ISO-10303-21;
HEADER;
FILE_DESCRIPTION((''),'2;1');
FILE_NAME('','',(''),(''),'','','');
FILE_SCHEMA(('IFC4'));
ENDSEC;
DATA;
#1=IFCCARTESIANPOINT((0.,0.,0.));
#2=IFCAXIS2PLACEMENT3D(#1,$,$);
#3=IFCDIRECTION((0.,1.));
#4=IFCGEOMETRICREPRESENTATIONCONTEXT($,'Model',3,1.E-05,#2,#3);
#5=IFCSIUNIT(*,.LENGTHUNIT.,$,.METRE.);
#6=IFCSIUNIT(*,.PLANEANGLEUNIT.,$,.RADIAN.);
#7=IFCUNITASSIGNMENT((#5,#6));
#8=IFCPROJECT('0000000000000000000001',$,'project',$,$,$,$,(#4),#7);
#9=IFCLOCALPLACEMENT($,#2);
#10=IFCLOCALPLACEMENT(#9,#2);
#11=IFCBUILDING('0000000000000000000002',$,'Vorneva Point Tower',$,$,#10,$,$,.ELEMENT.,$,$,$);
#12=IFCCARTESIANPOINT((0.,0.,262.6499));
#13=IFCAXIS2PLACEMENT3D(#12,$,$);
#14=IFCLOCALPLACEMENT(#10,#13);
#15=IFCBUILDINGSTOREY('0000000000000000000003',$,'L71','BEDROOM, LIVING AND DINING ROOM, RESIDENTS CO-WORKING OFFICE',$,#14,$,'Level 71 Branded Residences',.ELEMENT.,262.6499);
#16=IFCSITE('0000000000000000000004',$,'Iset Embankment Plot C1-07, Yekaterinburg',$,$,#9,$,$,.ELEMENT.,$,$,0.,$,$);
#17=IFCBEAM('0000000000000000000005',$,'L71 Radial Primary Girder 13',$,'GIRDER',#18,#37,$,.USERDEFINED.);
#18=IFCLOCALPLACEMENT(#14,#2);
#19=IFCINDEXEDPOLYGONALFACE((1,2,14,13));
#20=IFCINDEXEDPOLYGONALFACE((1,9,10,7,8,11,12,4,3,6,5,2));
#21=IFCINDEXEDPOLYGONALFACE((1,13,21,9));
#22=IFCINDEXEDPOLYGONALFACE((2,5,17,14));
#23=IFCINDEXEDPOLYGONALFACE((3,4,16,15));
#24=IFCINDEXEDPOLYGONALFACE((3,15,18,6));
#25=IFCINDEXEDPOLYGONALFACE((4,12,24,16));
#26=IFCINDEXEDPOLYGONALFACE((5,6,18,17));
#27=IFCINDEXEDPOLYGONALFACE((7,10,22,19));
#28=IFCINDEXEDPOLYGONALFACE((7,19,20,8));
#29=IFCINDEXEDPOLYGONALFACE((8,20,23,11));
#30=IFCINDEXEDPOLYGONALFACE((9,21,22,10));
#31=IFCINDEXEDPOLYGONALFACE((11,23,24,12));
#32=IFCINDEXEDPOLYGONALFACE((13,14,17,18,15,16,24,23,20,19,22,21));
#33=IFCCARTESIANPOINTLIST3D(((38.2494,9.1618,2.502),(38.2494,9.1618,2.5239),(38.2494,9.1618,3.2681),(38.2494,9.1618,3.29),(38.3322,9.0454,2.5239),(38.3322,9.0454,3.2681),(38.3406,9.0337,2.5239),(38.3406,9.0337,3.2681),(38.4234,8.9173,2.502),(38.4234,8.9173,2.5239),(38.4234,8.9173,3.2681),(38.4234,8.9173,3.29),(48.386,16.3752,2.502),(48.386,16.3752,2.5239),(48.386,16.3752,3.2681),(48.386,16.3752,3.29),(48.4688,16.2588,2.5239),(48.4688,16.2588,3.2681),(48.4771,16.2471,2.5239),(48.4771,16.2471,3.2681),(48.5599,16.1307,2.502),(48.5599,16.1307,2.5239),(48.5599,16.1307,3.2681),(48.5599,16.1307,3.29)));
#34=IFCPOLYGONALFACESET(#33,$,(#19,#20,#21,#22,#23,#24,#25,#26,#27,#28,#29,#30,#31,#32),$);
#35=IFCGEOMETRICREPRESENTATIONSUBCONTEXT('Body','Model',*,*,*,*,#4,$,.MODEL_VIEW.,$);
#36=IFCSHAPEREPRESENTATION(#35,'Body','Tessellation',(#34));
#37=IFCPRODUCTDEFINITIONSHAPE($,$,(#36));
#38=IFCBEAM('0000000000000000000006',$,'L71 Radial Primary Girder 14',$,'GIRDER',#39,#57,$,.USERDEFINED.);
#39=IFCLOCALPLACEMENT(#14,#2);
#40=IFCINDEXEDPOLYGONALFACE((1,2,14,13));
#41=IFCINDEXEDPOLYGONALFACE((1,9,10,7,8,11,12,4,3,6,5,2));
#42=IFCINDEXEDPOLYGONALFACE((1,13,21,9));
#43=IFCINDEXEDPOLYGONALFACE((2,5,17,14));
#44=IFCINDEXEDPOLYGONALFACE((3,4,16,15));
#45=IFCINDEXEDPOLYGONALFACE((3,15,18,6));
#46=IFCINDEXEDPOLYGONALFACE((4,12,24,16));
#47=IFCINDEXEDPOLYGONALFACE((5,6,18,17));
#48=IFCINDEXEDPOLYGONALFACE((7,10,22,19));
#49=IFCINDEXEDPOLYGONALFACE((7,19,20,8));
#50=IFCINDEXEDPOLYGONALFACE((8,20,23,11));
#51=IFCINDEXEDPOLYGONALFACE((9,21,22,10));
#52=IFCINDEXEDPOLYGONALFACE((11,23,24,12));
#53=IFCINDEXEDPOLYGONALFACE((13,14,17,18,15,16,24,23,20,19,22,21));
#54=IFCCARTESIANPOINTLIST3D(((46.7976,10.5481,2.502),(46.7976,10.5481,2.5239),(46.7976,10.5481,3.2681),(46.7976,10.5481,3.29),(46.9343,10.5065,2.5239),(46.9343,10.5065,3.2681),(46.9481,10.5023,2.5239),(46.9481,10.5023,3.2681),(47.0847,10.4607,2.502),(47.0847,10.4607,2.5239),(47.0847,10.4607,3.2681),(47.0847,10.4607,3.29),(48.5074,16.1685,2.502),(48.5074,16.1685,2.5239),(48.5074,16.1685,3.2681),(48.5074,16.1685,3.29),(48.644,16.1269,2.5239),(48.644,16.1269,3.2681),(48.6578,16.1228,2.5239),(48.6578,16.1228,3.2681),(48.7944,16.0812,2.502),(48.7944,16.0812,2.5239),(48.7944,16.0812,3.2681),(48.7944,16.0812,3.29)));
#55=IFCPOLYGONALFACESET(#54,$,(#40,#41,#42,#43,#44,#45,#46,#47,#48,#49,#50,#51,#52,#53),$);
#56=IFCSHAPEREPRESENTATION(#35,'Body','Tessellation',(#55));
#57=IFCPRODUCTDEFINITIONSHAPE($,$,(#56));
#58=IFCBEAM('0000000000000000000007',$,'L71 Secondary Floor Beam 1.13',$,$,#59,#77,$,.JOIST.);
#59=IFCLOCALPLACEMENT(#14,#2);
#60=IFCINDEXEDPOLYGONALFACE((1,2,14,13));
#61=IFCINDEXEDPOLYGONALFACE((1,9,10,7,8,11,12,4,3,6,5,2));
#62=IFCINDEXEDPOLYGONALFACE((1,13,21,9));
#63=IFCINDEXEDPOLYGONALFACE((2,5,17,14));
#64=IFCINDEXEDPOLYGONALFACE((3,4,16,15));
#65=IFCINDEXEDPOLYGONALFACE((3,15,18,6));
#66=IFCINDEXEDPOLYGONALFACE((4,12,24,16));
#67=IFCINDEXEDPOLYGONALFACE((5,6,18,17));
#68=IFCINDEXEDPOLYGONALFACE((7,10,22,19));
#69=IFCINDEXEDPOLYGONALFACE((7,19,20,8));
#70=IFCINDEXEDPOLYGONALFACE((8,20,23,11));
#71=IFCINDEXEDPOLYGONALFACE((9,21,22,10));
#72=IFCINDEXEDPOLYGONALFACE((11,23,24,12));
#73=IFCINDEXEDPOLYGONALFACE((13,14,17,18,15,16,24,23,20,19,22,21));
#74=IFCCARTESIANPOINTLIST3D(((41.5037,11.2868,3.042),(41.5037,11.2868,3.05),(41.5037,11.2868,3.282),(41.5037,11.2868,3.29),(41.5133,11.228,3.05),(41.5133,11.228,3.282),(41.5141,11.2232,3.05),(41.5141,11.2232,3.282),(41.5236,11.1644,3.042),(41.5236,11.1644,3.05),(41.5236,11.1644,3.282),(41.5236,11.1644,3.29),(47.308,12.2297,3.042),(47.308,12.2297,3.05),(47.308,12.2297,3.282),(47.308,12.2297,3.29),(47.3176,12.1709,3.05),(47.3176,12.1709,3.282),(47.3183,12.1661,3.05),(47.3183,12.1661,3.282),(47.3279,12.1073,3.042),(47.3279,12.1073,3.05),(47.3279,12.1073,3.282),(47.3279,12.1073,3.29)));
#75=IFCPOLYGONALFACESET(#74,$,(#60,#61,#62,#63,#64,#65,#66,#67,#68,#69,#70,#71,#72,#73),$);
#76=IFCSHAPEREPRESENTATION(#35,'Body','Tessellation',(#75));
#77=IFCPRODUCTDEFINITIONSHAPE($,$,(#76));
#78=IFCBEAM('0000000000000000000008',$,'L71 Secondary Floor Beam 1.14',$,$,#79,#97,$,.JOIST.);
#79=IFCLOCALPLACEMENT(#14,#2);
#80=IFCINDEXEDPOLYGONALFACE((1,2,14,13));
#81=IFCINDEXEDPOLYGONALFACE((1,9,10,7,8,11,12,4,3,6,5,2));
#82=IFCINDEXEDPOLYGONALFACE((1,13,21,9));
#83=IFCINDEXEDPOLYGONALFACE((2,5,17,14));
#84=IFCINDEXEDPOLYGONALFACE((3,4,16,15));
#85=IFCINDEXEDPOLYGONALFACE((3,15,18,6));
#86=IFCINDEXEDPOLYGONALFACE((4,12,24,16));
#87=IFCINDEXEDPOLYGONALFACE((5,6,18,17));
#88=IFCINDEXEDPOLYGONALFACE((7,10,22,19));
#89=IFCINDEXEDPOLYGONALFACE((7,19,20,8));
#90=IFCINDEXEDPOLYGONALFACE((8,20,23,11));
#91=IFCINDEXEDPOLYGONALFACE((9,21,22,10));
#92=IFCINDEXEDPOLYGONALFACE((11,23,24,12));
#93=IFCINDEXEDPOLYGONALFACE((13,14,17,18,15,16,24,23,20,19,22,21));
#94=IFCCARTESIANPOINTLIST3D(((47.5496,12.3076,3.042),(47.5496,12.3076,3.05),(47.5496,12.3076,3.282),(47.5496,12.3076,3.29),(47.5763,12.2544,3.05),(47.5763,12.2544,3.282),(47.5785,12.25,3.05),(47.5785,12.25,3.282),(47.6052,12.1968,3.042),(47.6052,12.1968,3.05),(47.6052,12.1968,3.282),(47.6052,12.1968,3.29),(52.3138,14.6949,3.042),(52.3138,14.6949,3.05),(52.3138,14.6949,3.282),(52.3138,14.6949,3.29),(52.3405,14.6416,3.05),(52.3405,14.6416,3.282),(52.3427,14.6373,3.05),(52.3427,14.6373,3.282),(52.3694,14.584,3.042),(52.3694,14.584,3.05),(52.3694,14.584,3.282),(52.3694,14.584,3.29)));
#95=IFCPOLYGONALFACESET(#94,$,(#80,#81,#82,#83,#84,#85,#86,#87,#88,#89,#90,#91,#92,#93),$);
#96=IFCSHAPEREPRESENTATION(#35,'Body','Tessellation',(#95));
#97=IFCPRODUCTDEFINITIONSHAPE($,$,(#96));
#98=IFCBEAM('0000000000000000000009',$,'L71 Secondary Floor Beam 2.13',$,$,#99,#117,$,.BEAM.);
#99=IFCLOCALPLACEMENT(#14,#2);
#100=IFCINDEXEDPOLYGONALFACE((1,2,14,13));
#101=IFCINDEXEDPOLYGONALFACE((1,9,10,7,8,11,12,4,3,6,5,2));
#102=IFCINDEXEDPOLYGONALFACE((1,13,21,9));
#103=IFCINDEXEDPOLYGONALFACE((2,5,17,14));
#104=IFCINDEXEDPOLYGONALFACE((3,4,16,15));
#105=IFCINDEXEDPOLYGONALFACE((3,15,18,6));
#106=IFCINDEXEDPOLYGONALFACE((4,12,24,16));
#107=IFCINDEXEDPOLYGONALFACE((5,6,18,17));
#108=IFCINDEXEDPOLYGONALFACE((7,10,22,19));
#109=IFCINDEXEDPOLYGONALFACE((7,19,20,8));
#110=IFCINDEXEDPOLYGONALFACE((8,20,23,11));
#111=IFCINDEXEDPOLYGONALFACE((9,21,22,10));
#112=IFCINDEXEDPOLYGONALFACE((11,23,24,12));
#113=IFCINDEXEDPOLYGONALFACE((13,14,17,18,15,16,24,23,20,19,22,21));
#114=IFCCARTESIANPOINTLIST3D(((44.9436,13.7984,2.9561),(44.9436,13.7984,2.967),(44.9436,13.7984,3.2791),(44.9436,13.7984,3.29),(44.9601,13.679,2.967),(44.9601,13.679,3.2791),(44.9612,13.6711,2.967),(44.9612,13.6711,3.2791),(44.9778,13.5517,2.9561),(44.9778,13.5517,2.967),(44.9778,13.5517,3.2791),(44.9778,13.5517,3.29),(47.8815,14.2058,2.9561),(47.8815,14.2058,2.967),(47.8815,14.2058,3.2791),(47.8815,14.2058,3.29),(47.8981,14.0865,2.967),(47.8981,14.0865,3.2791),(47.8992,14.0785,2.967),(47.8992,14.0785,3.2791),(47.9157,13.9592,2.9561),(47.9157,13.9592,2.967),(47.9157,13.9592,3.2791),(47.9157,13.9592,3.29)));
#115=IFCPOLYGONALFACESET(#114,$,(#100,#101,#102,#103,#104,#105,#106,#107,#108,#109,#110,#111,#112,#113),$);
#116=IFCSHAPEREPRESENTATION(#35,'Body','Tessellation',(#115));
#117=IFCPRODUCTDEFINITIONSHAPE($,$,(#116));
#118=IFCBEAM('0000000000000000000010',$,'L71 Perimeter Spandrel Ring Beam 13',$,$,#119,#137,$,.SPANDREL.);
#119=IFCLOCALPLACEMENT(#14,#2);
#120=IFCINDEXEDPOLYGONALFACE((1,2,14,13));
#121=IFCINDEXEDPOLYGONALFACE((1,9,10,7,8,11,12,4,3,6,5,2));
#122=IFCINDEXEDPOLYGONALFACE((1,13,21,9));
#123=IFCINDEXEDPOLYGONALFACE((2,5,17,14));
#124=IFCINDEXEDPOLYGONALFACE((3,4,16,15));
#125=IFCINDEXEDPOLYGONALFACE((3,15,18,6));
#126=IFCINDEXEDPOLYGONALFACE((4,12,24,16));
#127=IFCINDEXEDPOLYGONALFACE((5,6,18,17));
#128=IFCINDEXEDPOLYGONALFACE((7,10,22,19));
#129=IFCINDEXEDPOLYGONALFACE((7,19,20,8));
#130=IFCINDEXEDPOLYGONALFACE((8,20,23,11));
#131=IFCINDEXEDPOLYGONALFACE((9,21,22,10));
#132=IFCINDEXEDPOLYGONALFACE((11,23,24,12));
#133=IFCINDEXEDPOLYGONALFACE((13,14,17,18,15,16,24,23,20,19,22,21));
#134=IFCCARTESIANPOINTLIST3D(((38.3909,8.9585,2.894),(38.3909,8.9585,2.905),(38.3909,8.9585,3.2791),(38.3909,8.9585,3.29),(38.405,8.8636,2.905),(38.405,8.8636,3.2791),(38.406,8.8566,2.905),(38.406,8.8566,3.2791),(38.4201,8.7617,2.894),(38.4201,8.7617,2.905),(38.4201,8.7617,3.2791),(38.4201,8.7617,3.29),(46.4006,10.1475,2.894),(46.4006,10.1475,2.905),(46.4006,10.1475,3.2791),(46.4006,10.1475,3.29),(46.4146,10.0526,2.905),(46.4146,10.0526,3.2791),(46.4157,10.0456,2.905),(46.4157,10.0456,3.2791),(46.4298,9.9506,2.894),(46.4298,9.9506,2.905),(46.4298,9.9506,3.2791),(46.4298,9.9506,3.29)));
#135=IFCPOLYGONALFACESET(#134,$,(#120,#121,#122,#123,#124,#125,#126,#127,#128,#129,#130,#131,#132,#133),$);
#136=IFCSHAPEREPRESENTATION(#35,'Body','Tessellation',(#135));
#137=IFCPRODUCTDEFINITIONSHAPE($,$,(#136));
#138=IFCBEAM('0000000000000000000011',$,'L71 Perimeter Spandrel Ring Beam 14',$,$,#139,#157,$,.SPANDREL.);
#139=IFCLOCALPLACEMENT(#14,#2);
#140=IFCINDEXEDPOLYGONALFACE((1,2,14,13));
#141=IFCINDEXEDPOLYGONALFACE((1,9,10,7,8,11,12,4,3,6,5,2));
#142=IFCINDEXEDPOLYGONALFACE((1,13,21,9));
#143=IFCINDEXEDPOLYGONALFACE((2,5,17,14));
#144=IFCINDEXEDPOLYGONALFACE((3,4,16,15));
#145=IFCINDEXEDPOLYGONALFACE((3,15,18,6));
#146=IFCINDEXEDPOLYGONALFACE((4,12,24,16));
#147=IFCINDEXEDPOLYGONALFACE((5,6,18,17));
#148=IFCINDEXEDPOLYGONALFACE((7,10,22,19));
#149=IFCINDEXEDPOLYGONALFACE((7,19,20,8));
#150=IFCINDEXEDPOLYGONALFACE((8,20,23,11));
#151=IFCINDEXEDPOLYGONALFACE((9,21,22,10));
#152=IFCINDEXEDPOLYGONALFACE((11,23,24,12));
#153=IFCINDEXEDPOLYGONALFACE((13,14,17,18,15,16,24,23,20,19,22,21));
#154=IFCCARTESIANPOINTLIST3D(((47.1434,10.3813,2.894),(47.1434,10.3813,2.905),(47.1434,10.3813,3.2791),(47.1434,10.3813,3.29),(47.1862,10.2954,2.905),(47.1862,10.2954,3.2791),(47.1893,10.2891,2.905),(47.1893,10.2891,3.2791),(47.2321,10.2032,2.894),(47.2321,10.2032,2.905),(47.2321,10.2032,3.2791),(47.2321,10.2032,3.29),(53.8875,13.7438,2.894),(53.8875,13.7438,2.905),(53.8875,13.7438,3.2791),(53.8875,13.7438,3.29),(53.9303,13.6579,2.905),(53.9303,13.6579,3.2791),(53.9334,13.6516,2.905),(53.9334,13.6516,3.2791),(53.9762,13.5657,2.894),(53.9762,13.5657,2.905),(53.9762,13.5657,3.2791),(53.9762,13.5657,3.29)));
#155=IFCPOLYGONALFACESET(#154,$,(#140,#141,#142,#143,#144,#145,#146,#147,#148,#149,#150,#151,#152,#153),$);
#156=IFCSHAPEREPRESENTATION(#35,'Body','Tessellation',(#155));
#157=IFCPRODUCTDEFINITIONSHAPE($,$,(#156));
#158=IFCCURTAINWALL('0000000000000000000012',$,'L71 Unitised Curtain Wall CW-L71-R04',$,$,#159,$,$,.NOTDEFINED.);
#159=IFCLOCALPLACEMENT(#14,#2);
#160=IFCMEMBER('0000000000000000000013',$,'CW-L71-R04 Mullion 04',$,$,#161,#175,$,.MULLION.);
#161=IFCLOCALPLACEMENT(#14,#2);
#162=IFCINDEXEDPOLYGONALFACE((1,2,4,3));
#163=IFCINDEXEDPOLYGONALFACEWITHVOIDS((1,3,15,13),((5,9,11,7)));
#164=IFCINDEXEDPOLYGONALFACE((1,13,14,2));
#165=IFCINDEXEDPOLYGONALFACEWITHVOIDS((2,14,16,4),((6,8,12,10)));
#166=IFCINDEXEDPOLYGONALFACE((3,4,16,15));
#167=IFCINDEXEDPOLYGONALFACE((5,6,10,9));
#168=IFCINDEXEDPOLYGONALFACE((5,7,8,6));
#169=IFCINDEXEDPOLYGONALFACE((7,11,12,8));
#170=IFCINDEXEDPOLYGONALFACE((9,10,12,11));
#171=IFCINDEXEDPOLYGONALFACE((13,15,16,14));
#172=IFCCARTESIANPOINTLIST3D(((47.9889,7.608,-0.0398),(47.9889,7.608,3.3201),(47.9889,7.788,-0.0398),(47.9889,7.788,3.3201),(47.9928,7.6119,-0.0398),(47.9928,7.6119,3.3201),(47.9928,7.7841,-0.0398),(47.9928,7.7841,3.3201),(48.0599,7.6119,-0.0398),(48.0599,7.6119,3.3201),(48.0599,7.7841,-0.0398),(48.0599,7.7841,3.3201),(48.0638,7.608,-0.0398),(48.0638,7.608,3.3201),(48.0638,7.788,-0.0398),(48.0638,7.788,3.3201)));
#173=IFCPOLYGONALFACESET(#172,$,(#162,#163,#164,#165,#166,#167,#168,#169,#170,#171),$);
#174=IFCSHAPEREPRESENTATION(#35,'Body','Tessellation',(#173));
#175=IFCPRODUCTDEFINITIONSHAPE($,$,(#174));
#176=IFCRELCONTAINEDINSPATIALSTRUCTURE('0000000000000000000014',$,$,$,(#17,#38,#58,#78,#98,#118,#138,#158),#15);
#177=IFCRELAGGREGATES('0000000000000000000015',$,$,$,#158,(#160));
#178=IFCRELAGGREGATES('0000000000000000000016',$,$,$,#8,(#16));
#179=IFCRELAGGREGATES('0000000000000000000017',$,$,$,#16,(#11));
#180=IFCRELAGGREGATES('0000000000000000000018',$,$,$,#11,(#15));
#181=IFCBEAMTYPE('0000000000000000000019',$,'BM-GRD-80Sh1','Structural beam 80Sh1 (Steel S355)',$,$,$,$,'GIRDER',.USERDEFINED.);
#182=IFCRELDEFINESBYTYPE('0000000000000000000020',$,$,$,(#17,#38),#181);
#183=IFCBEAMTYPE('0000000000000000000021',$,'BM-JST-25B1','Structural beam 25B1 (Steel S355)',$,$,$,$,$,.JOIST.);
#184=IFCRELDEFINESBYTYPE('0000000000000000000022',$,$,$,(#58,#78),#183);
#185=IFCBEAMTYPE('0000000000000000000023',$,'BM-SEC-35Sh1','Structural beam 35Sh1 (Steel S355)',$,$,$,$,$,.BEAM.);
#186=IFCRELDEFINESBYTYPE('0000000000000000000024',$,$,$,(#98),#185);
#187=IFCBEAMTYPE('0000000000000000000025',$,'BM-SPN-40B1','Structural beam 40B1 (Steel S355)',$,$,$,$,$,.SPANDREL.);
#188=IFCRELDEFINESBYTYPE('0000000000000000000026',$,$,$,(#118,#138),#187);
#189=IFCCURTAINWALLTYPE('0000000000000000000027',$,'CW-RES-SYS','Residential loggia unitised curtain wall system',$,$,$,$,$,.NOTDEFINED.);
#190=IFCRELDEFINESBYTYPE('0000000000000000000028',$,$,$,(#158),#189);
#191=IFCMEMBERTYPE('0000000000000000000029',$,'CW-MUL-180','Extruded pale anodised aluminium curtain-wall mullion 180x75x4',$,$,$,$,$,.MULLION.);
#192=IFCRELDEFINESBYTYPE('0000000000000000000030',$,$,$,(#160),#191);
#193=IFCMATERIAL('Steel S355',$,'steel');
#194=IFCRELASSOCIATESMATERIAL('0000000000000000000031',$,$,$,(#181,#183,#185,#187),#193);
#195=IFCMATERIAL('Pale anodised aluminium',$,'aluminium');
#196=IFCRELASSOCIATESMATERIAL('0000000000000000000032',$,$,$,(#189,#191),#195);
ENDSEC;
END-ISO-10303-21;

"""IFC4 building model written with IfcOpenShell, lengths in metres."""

from ifc_helpers import new_model, si_unit, direction, frame, origin, origin_2d, place, context, subcontext, project, spatial, hollow_rectangle, i_section, extrude, material, material_profile, profile_set, type_object, element, aggregate, save


model = new_model("IFC4")

# Units and contexts
model_context = context("Model", 3, precision=1e-05, world=origin(), true_north=direction((0.0, 1.0)))
body_context = subcontext(model_context, "Body", "Model", "MODEL_VIEW")
ifc_project = project(units=[si_unit("LENGTHUNIT", "METRE"), si_unit("PLANEANGLEUNIT", "RADIAN")], contexts=[model_context])

# Site, building, storey
site_placement = place(None, origin())
site = spatial("IfcSite", under=ifc_project, at=site_placement, Name="Iset Embankment Plot C1-07, Yekaterinburg", CompositionType="ELEMENT", RefElevation=0.0)
building_placement = place(site_placement, origin())
building = spatial("IfcBuilding", under=site, at=building_placement, Name="Vorneva Point Tower", CompositionType="ELEMENT")
storey_placement = place(building_placement, frame((0.0, 0.0, 262.6499)))
storey = spatial("IfcBuildingStorey", under=building, at=storey_placement, Name="L71", Description="BEDROOM, LIVING AND DINING ROOM, RESIDENTS CO-WORKING OFFICE", LongName="Level 71 Branded Residences", CompositionType="ELEMENT", Elevation=262.6499)

# Beams
ifc_material_1 = material(Name="Steel S355", Category="steel")
ifc_material_profile_1 = material_profile(ifc_material_1, i_section(OverallWidth=0.3, OverallDepth=0.7881, WebThickness=0.0144, FlangeThickness=0.022, at=origin_2d()), Name="80Sh1")
ifc_profile_set_1 = profile_set([ifc_material_profile_1], Name="Steel S355")
beam_type_1 = type_object("IfcBeamType", Name="BM-GRD-80Sh1", Description="Structural beam 80Sh1 (Steel S355)", ElementType="GIRDER", PredefinedType="USERDEFINED", material=ifc_profile_set_1)
beam_1_placement = place(storey_placement, frame((38.3364, 9.0396, 2.896), z_axis=(0.814757, 0.579802, 0.0), x_axis=(-0.579802, 0.814757, 0.0)))
element("IfcBeam", 1, at=beam_1_placement, inside=storey, type_object=beam_type_1, Name="L71 Radial Primary Girder 13", ObjectType="GIRDER", PredefinedType="USERDEFINED", context=body_context, shape_type="SweptSolid", body=[
    extrude(i_section(OverallWidth=0.3, OverallDepth=0.7881, WebThickness=0.0144, FlangeThickness=0.022, at=origin_2d()), origin(), (0.0, 0.0, 1.0), 12.4412),
])
beam_2_placement = place(storey_placement, frame((46.9412, 10.5044, 2.896), z_axis=(0.291033, 0.956713, 0.0), x_axis=(-0.956713, 0.291033, 0.0)))
element("IfcBeam", 2, at=beam_2_placement, inside=storey, type_object=beam_type_1, Name="L71 Radial Primary Girder 14", ObjectType="GIRDER", PredefinedType="USERDEFINED", context=body_context, shape_type="SweptSolid", body=[
    extrude(i_section(OverallWidth=0.3, OverallDepth=0.7881, WebThickness=0.0144, FlangeThickness=0.022, at=origin_2d()), origin(), (0.0, 0.0, 1.0), 5.8748),
])
ifc_material_profile_2 = material_profile(ifc_material_1, i_section(OverallWidth=0.124, OverallDepth=0.248, WebThickness=0.0049, FlangeThickness=0.0081, at=origin_2d()), Name="25B1")
ifc_profile_set_2 = profile_set([ifc_material_profile_2], Name="Steel S355")
beam_type_2 = type_object("IfcBeamType", Name="BM-JST-25B1", Description="Structural beam 25B1 (Steel S355)", PredefinedType="JOIST", material=ifc_profile_set_2)
beam_3_placement = place(storey_placement, frame((41.5137, 11.2256, 3.166), z_axis=(0.987061, 0.160344, 0.0), x_axis=(-0.160344, 0.987061, 0.0)))
element("IfcBeam", 3, at=beam_3_placement, inside=storey, type_object=beam_type_2, Name="L71 Secondary Floor Beam 1.13", PredefinedType="JOIST", context=body_context, shape_type="SweptSolid", body=[
    extrude(i_section(OverallWidth=0.124, OverallDepth=0.248, WebThickness=0.0049, FlangeThickness=0.0081, at=origin_2d()), origin(), (0.0, 0.0, 1.0), 5.8804),
])
beam_4_placement = place(storey_placement, frame((47.5774, 12.2522, 3.166), z_axis=(0.894042, 0.447983, 0.0), x_axis=(-0.447983, 0.894042, 0.0)))
element("IfcBeam", 4, at=beam_4_placement, inside=storey, type_object=beam_type_2, Name="L71 Secondary Floor Beam 1.14", PredefinedType="JOIST", context=body_context, shape_type="SweptSolid", body=[
    extrude(i_section(OverallWidth=0.124, OverallDepth=0.248, WebThickness=0.0049, FlangeThickness=0.0081, at=origin_2d()), origin(), (0.0, 0.0, 1.0), 5.3289),
])
ifc_material_profile_3 = material_profile(ifc_material_1, i_section(OverallWidth=0.249, OverallDepth=0.334, WebThickness=0.0081, FlangeThickness=0.011, at=origin_2d()), Name="35Sh1")
ifc_profile_set_3 = profile_set([ifc_material_profile_3], Name="Steel S355")
beam_type_3 = type_object("IfcBeamType", Name="BM-SEC-35Sh1", Description="Structural beam 35Sh1 (Steel S355)", PredefinedType="BEAM", material=ifc_profile_set_3)
beam_5_placement = place(storey_placement, frame((44.9607, 13.675, 3.123), z_axis=(0.990519, 0.137375, 0.0), x_axis=(-0.137375, 0.990519, 0.0)))
element("IfcBeam", 5, at=beam_5_placement, inside=storey, type_object=beam_type_3, Name="L71 Secondary Floor Beam 2.13", PredefinedType="BEAM", context=body_context, shape_type="SweptSolid", body=[
    extrude(i_section(OverallWidth=0.249, OverallDepth=0.334, WebThickness=0.0081, FlangeThickness=0.011, at=origin_2d()), origin(), (0.0, 0.0, 1.0), 2.9661),
])
ifc_material_profile_4 = material_profile(ifc_material_1, i_section(OverallWidth=0.199, OverallDepth=0.396, WebThickness=0.0071, FlangeThickness=0.011, at=origin_2d()), Name="40B1")
ifc_profile_set_4 = profile_set([ifc_material_profile_4], Name="Steel S355")
beam_type_4 = type_object("IfcBeamType", Name="BM-SPN-40B1", Description="Structural beam 40B1 (Steel S355)", PredefinedType="SPANDREL", material=ifc_profile_set_4)
beam_6_placement = place(storey_placement, frame((38.4055, 8.8601, 3.092), z_axis=(0.989162, 0.146831, 0.0), x_axis=(-0.146831, 0.989162, 0.0)))
element("IfcBeam", 6, at=beam_6_placement, inside=storey, type_object=beam_type_4, Name="L71 Perimeter Spandrel Ring Beam 13", PredefinedType="SPANDREL", context=body_context, shape_type="SweptSolid", body=[
    extrude(i_section(OverallWidth=0.199, OverallDepth=0.396, WebThickness=0.0071, FlangeThickness=0.011, at=origin_2d()), origin(), (0.0, 0.0, 1.0), 8.0974),
])
beam_7_placement = place(storey_placement, frame((47.1877, 10.2922, 3.092), z_axis=(0.894932, 0.446203, 0.0), x_axis=(-0.446203, 0.894932, 0.0)))
element("IfcBeam", 7, at=beam_7_placement, inside=storey, type_object=beam_type_4, Name="L71 Perimeter Spandrel Ring Beam 14", PredefinedType="SPANDREL", context=body_context, shape_type="SweptSolid", body=[
    extrude(i_section(OverallWidth=0.199, OverallDepth=0.396, WebThickness=0.0071, FlangeThickness=0.011, at=origin_2d()), origin(), (0.0, 0.0, 1.0), 7.5359),
])

# Curtain wall, member
ifc_material_2 = material(Name="Pale anodised aluminium", Category="aluminium")
curtain_wall_type = type_object("IfcCurtainWallType", Name="CW-RES-SYS", Description="Residential loggia unitised curtain wall system", PredefinedType="NOTDEFINED", material=ifc_material_2)
curtain_wall_placement = place(storey_placement, origin())
curtain_wall = element("IfcCurtainWall", 8, at=curtain_wall_placement, inside=storey, type_object=curtain_wall_type, Name="L71 Unitised Curtain Wall CW-L71-R04", PredefinedType="NOTDEFINED")
ifc_material_profile_5 = material_profile(ifc_material_2, hollow_rectangle(XDim=0.075, YDim=0.1799, WallThickness=0.0039, at=origin_2d()), Name="AL-MUL 180x75x4")
ifc_profile_set_5 = profile_set([ifc_material_profile_5], Name="Pale anodised aluminium")
member_type_1 = type_object("IfcMemberType", Name="CW-MUL-180", Description="Extruded pale anodised aluminium curtain-wall mullion 180x75x4", PredefinedType="MULLION", material=ifc_profile_set_5)
member_1_placement = place(storey_placement, frame((48.0264, 7.698, -0.0398), z_axis=(0.0, 0.0, 1.0), x_axis=(1.0, 0.0, 0.0)))
member_1 = element("IfcMember", 9, at=member_1_placement, type_object=member_type_1, Name="CW-L71-R04 Mullion 04", PredefinedType="MULLION", context=body_context, shape_type="SweptSolid", body=[
    extrude(hollow_rectangle(XDim=0.075, YDim=0.1799, WallThickness=0.0039, at=origin_2d()), origin(), (0.0, 0.0, 1.0), 3.3599),
])
aggregate(curtain_wall, [member_1])

save(model, "model.ifc")
